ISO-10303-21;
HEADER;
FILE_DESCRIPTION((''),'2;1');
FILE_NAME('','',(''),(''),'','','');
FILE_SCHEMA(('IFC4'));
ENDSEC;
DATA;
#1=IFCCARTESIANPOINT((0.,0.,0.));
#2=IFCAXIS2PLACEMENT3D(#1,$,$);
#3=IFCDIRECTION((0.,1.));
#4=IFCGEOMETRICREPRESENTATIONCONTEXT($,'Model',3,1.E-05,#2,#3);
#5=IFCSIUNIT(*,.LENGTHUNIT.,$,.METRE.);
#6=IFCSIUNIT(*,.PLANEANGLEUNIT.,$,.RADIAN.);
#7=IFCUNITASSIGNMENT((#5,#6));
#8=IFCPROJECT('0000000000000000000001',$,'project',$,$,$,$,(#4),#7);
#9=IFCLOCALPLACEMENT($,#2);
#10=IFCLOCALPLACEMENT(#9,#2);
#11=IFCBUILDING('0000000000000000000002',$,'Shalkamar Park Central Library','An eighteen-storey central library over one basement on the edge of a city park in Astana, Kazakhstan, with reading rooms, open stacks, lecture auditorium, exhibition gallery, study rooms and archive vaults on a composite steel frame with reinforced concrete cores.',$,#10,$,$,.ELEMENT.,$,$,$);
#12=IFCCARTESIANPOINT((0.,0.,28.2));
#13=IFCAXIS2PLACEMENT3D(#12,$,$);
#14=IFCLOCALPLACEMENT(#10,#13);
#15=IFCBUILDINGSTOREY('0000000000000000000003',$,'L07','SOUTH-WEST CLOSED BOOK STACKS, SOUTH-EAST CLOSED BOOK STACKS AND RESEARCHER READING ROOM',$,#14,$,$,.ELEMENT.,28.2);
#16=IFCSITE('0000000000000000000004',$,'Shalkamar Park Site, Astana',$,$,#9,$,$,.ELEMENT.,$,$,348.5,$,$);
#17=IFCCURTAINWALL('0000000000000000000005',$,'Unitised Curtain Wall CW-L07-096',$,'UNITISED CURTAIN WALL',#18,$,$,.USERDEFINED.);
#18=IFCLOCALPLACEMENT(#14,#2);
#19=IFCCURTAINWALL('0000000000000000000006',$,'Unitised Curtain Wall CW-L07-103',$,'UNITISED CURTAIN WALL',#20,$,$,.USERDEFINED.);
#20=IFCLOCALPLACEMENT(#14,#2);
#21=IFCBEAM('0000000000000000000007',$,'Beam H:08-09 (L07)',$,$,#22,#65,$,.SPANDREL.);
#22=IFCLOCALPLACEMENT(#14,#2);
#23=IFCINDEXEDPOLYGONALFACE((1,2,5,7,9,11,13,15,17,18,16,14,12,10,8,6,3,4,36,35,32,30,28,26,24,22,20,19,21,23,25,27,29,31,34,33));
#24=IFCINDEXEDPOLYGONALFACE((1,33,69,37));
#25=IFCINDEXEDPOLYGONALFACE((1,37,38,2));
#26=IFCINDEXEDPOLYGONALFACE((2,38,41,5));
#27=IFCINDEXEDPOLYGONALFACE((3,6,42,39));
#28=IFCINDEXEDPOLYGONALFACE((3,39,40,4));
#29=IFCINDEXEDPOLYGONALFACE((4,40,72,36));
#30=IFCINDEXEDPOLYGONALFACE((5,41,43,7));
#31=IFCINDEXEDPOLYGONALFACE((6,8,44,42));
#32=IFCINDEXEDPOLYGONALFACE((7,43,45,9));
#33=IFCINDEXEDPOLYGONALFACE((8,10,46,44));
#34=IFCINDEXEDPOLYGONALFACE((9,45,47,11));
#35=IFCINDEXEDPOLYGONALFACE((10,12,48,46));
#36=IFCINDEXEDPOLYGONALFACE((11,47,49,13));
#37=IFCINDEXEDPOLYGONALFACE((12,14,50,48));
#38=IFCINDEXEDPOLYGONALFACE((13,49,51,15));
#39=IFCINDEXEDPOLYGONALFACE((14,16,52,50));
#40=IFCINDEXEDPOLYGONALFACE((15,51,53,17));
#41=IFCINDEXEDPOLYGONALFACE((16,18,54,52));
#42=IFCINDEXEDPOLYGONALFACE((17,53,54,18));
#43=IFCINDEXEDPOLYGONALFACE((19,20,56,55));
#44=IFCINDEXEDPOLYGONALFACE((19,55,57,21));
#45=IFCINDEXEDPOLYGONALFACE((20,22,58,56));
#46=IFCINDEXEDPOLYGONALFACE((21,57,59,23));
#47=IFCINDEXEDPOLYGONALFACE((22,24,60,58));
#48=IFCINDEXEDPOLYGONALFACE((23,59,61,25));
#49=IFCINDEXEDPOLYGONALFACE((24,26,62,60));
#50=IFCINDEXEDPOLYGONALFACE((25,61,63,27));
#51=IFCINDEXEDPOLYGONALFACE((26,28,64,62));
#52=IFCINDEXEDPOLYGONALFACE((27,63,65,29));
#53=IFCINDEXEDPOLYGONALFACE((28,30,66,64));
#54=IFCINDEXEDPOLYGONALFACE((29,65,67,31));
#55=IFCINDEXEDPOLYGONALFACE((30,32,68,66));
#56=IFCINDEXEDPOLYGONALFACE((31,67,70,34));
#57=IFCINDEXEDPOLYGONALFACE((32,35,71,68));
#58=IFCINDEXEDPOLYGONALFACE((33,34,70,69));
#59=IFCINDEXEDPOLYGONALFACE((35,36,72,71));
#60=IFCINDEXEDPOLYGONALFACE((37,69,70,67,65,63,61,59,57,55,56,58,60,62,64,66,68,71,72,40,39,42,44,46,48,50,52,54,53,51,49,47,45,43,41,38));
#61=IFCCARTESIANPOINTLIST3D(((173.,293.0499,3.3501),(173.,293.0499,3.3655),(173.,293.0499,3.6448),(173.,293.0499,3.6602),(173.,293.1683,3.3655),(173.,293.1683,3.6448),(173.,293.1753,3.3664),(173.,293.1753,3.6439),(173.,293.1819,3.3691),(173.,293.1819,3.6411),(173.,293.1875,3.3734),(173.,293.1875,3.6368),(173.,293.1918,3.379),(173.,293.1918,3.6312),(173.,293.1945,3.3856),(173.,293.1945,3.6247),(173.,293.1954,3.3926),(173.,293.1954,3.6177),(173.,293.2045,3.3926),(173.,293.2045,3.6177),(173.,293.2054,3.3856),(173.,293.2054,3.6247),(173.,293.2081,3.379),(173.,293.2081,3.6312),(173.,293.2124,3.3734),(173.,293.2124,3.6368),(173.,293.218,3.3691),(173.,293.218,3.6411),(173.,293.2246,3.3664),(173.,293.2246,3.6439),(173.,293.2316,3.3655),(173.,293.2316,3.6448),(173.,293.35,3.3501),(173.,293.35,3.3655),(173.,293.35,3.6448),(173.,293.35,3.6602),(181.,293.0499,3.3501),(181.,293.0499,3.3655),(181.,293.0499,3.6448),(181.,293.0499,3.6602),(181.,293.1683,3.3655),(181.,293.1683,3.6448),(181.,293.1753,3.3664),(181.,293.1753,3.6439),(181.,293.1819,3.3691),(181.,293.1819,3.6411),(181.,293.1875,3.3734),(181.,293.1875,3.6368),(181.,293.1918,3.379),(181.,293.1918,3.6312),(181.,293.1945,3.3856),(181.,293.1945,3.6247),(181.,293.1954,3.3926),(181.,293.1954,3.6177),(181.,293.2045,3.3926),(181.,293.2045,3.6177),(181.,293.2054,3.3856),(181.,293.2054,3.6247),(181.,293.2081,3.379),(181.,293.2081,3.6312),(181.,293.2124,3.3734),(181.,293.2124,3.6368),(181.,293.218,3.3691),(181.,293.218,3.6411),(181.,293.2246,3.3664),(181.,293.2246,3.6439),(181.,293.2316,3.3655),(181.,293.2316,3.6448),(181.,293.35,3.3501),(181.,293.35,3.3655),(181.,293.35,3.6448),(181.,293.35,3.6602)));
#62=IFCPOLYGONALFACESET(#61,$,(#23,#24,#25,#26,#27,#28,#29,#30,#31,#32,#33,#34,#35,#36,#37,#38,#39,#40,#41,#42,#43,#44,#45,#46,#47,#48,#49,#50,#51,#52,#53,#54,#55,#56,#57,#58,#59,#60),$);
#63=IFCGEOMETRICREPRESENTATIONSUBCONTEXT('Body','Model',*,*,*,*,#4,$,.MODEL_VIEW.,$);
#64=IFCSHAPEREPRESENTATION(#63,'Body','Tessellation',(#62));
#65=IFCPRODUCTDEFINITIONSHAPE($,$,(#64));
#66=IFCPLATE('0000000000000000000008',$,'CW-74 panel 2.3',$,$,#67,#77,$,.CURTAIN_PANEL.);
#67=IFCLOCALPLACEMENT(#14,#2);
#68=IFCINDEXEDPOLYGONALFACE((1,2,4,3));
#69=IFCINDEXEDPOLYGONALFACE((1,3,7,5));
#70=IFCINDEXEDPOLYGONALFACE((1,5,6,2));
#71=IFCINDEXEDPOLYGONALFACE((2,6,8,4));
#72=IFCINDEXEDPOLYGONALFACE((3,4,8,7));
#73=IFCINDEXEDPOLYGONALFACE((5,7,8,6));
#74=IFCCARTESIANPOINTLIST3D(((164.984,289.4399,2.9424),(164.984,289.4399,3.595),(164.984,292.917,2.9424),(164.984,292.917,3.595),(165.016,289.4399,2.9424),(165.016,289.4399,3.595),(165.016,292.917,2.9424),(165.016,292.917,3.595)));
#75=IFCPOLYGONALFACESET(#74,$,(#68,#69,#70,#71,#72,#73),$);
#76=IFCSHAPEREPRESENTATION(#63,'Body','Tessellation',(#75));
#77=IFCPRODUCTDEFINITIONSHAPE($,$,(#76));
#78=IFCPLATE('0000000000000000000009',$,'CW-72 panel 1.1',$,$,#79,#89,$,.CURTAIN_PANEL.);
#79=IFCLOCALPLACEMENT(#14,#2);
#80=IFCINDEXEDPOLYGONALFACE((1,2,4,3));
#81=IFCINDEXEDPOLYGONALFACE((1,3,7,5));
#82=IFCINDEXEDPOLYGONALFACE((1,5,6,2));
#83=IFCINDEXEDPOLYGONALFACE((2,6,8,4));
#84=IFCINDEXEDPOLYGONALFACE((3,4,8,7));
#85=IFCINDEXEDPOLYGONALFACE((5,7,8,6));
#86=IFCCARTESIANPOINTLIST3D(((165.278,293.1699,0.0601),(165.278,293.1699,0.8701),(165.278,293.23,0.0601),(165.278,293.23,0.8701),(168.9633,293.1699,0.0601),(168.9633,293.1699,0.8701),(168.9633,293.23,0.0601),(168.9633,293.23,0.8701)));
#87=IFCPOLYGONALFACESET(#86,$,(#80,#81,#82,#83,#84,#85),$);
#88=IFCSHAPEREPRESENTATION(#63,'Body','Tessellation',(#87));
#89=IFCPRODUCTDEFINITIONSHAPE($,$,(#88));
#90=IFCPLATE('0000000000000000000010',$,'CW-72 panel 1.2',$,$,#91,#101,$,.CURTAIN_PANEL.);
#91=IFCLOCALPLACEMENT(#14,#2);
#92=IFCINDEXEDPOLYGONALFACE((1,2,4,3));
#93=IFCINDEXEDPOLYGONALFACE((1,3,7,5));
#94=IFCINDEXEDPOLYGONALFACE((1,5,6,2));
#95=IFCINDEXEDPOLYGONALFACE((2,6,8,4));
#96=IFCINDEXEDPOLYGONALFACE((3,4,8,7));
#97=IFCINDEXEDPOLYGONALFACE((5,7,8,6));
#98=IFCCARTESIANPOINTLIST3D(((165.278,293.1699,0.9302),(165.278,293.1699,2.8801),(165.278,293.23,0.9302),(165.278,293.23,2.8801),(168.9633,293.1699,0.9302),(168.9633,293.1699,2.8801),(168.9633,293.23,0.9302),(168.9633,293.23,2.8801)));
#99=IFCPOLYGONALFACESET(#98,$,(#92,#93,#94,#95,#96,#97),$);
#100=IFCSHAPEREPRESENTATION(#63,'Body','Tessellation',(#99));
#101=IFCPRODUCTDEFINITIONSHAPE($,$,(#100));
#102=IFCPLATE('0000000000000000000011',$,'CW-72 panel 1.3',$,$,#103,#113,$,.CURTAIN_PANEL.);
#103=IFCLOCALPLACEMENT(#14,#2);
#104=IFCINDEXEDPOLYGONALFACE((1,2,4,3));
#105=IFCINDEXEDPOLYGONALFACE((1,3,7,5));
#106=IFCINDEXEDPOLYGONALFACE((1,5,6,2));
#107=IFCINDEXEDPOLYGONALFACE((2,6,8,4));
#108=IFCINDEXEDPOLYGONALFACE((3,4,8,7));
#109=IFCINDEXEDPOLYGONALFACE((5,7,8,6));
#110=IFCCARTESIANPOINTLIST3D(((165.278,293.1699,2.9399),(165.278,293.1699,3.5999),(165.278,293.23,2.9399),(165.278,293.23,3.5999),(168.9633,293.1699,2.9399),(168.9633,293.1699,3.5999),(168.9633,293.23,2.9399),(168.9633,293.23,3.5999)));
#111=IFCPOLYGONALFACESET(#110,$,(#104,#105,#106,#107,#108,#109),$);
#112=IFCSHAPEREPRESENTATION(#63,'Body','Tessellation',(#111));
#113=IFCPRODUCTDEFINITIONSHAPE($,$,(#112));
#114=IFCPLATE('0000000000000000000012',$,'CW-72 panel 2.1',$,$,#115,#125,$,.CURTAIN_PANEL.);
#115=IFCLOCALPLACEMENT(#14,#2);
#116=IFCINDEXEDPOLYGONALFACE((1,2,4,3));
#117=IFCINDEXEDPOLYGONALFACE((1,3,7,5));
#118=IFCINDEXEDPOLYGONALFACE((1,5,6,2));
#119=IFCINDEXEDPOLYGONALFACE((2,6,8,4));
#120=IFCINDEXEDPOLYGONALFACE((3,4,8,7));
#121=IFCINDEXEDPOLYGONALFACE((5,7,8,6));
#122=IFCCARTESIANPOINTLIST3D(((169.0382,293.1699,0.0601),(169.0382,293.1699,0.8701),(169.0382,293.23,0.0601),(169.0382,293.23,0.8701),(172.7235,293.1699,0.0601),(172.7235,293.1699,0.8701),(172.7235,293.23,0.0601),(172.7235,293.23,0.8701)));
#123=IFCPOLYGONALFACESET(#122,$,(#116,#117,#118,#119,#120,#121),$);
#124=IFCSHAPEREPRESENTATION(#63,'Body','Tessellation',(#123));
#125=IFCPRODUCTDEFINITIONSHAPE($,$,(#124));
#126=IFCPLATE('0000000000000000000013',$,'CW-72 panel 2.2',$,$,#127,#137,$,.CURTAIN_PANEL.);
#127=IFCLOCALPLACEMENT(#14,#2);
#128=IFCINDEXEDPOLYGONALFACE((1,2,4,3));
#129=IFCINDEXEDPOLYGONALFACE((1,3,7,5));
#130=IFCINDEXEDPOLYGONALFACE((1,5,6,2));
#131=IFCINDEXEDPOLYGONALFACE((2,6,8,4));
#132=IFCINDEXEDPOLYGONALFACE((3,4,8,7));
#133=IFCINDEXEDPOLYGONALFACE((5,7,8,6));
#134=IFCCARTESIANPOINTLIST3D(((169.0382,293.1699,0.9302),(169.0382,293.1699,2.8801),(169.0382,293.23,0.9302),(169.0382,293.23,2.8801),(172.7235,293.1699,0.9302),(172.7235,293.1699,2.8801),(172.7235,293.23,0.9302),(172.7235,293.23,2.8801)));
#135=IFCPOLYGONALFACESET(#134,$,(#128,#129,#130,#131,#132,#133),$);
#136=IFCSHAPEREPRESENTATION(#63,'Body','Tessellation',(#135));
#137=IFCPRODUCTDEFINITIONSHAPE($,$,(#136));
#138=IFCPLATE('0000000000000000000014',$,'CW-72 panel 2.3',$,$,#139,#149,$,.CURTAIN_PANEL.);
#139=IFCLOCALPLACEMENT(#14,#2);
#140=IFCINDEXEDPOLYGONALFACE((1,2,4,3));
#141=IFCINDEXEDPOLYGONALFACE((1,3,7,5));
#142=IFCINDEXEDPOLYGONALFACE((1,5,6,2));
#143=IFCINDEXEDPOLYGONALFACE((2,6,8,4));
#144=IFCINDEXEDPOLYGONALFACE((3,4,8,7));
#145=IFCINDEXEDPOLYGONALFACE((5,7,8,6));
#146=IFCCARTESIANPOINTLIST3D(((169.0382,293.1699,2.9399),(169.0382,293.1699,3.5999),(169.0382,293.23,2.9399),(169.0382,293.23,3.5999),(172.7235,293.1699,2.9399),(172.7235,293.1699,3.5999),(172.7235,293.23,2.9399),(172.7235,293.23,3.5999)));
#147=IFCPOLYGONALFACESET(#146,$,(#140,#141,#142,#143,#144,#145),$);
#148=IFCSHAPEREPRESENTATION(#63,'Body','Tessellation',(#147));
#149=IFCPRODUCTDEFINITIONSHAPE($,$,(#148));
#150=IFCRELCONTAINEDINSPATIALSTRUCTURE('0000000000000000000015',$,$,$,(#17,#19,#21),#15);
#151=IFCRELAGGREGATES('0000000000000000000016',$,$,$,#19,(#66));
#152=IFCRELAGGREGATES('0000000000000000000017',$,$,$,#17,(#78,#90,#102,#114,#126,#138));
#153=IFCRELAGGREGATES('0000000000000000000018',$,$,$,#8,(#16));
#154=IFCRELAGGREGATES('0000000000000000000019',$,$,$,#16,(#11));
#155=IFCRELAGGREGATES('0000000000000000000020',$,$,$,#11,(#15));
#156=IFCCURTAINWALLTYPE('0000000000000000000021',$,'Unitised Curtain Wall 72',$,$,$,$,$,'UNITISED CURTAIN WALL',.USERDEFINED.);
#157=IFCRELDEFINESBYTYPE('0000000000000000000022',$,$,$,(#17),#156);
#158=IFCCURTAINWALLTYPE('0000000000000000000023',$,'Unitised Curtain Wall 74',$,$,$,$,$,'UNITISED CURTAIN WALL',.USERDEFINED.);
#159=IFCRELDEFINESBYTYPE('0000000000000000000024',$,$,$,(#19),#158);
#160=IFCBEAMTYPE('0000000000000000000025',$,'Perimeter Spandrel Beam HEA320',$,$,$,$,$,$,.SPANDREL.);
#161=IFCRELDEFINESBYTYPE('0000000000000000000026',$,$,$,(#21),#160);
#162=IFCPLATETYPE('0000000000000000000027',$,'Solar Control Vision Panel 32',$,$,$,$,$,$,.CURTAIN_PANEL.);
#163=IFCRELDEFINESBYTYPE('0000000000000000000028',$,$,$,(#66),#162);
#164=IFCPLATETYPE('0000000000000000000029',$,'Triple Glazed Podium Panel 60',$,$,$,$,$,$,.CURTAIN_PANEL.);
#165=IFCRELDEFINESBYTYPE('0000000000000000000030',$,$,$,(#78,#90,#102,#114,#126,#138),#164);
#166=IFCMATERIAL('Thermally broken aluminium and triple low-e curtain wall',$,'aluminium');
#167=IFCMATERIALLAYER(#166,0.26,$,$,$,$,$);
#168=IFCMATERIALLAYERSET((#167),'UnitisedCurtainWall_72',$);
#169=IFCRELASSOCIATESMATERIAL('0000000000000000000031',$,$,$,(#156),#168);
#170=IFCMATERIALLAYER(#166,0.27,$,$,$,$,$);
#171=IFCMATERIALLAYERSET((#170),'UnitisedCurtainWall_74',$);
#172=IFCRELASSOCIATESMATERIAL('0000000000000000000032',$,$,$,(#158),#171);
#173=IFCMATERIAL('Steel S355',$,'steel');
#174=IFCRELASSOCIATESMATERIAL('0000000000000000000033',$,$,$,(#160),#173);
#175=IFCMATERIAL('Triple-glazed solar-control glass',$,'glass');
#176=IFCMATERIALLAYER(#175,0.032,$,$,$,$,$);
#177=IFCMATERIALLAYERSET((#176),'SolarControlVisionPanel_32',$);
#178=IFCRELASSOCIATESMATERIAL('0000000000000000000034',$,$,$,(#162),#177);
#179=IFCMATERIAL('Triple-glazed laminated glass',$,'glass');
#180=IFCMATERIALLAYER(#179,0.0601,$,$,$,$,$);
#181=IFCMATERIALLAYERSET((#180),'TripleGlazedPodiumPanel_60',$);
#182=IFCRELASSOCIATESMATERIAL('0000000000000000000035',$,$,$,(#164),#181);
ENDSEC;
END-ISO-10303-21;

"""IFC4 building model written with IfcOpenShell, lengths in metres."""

from ifc_helpers import new_model, si_unit, direction, frame, origin, origin_2d, place, context, subcontext, project, spatial, rectangle, i_section, extrude, material, layer, layer_set, material_profile, profile_set, type_object, element, aggregate, save


model = new_model("IFC4")

# Units and contexts
model_context = context("Model", 3, precision=1e-05, world=origin(), true_north=direction((0.0, 1.0)))
body_context = subcontext(model_context, "Body", "Model", "MODEL_VIEW")
ifc_project = project(units=[si_unit("LENGTHUNIT", "METRE"), si_unit("PLANEANGLEUNIT", "RADIAN")], contexts=[model_context])

# Site, building, storey
site_placement = place(None, origin())
site = spatial("IfcSite", under=ifc_project, at=site_placement, Name="Shalkamar Park Site, Astana", CompositionType="ELEMENT", RefElevation=348.5)
building_placement = place(site_placement, origin())
building = spatial("IfcBuilding", under=site, at=building_placement, Name="Shalkamar Park Central Library", Description="An eighteen-storey central library over one basement on the edge of a city park in Astana, Kazakhstan, with reading rooms, open stacks, lecture auditorium, exhibition gallery, study rooms and archive vaults on a composite steel frame with reinforced concrete cores.", CompositionType="ELEMENT")
storey_placement = place(building_placement, frame((0.0, 0.0, 28.2)))
storey = spatial("IfcBuildingStorey", under=building, at=storey_placement, Name="L07", Description="SOUTH-WEST CLOSED BOOK STACKS, SOUTH-EAST CLOSED BOOK STACKS AND RESEARCHER READING ROOM", CompositionType="ELEMENT", Elevation=28.2)

# Shared definitions
ifc_material_1 = material(Name="Steel S355", Category="steel")

# Curtain wall
ifc_material_2 = material(Name="Thermally broken aluminium and triple low-e curtain wall", Category="aluminium")
ifc_layer_1 = layer(ifc_material_2, 0.26)
ifc_layer_set_1 = layer_set([ifc_layer_1], Name="UnitisedCurtainWall_72")
curtain_wall_type_1 = type_object("IfcCurtainWallType", Name="Unitised Curtain Wall 72", ElementType="UNITISED CURTAIN WALL", PredefinedType="USERDEFINED", material=ifc_layer_set_1)
curtain_wall_1_placement = place(storey_placement, origin())
curtain_wall_1 = element("IfcCurtainWall", 1, at=curtain_wall_1_placement, inside=storey, type_object=curtain_wall_type_1, Name="Unitised Curtain Wall CW-L07-096", ObjectType="UNITISED CURTAIN WALL", PredefinedType="USERDEFINED")

# Curtain wall
ifc_layer_2 = layer(ifc_material_2, 0.27)
ifc_layer_set_2 = layer_set([ifc_layer_2], Name="UnitisedCurtainWall_74")
curtain_wall_type_2 = type_object("IfcCurtainWallType", Name="Unitised Curtain Wall 74", ElementType="UNITISED CURTAIN WALL", PredefinedType="USERDEFINED", material=ifc_layer_set_2)
curtain_wall_2_placement = place(storey_placement, origin())
curtain_wall_2 = element("IfcCurtainWall", 2, at=curtain_wall_2_placement, inside=storey, type_object=curtain_wall_type_2, Name="Unitised Curtain Wall CW-L07-103", ObjectType="UNITISED CURTAIN WALL", PredefinedType="USERDEFINED")

# Beam
ifc_material_profile_1 = material_profile(ifc_material_1, i_section(OverallWidth=0.3, OverallDepth=0.3101, WebThickness=0.009, FlangeThickness=0.0154, FilletRadius=0.0271, at=origin_2d()), Name="HEA 320")
ifc_profile_set_1 = profile_set([ifc_material_profile_1], Name="Steel S355")
beam_type = type_object("IfcBeamType", Name="Perimeter Spandrel Beam HEA320", PredefinedType="SPANDREL", material=ifc_profile_set_1)
for number, where, z_axis, x_axis, name in (
    (3, (173.0, 293.2, 3.5051), (1.0, 0.0, 0.0), (0.0, 1.0, 0.0), "Beam H:08-09 (L07)"),
):
    element("IfcBeam", number, at=place(storey_placement, frame(where, z_axis=z_axis, x_axis=x_axis)), inside=storey, type_object=beam_type, Name=name, PredefinedType="SPANDREL", context=body_context, shape_type="SweptSolid", body=[
        extrude(i_section(OverallWidth=0.3, OverallDepth=0.3101, WebThickness=0.009, FlangeThickness=0.0154, FilletRadius=0.0271, at=origin_2d()), origin(), (0.0, 0.0, 1.0), 8.0),
    ])

# Plates
ifc_material_3 = material(Name="Triple-glazed solar-control glass", Category="glass")
ifc_layer_3 = layer(ifc_material_3, 0.032)
ifc_layer_set_3 = layer_set([ifc_layer_3], Name="SolarControlVisionPanel_32")
plate_type_1 = type_object("IfcPlateType", Name="Solar Control Vision Panel 32", PredefinedType="CURTAIN_PANEL", material=ifc_layer_set_3)
plate_1_placement = place(storey_placement, frame((165.0, 291.1785, 2.9424), z_axis=(0.0, 0.0, 1.0), x_axis=(0.0, 1.0, 0.0)))
plate_1 = element("IfcPlate", 4, at=plate_1_placement, type_object=plate_type_1, Name="CW-74 panel 2.3", PredefinedType="CURTAIN_PANEL", context=body_context, shape_type="SweptSolid", body=[
    extrude(rectangle(XDim=3.4771, YDim=0.032, at=origin_2d()), origin(), (0.0, 0.0, 1.0), 0.6526),
])
aggregate(curtain_wall_2, [plate_1])
ifc_material_4 = material(Name="Triple-glazed laminated glass", Category="glass")
ifc_layer_4 = layer(ifc_material_4, 0.0601)
ifc_layer_set_4 = layer_set([ifc_layer_4], Name="TripleGlazedPodiumPanel_60")
plate_type_2 = type_object("IfcPlateType", Name="Triple Glazed Podium Panel 60", PredefinedType="CURTAIN_PANEL", material=ifc_layer_set_4)
plate_2_placement = place(storey_placement, frame((167.1206, 293.2, 0.0601), z_axis=(0.0, 0.0, 1.0), x_axis=(1.0, 0.0, 0.0)))
plate_2 = element("IfcPlate", 5, at=plate_2_placement, type_object=plate_type_2, Name="CW-72 panel 1.1", PredefinedType="CURTAIN_PANEL", context=body_context, shape_type="SweptSolid", body=[
    extrude(rectangle(XDim=3.6853, YDim=0.0601, at=origin_2d()), origin(), (0.0, 0.0, 1.0), 0.8101),
])
plate_3_placement = place(storey_placement, frame((167.1206, 293.2, 0.9302), z_axis=(0.0, 0.0, 1.0), x_axis=(1.0, 0.0, 0.0)))
plate_3 = element("IfcPlate", 6, at=plate_3_placement, type_object=plate_type_2, Name="CW-72 panel 1.2", PredefinedType="CURTAIN_PANEL", context=body_context, shape_type="SweptSolid", body=[
    extrude(rectangle(XDim=3.6853, YDim=0.0601, at=origin_2d()), origin(), (0.0, 0.0, 1.0), 1.95),
])
plate_4_placement = place(storey_placement, frame((167.1206, 293.2, 2.9399), z_axis=(0.0, 0.0, 1.0), x_axis=(1.0, 0.0, 0.0)))
plate_4 = element("IfcPlate", 7, at=plate_4_placement, type_object=plate_type_2, Name="CW-72 panel 1.3", PredefinedType="CURTAIN_PANEL", context=body_context, shape_type="SweptSolid", body=[
    extrude(rectangle(XDim=3.6853, YDim=0.0601, at=origin_2d()), origin(), (0.0, 0.0, 1.0), 0.6599),
])
plate_5_placement = place(storey_placement, frame((170.8809, 293.2, 0.0601), z_axis=(0.0, 0.0, 1.0), x_axis=(1.0, 0.0, 0.0)))
plate_5 = element("IfcPlate", 8, at=plate_5_placement, type_object=plate_type_2, Name="CW-72 panel 2.1", PredefinedType="CURTAIN_PANEL", context=body_context, shape_type="SweptSolid", body=[
    extrude(rectangle(XDim=3.6853, YDim=0.0601, at=origin_2d()), origin(), (0.0, 0.0, 1.0), 0.8101),
])
plate_6_placement = place(storey_placement, frame((170.8809, 293.2, 0.9302), z_axis=(0.0, 0.0, 1.0), x_axis=(1.0, 0.0, 0.0)))
plate_6 = element("IfcPlate", 9, at=plate_6_placement, type_object=plate_type_2, Name="CW-72 panel 2.2", PredefinedType="CURTAIN_PANEL", context=body_context, shape_type="SweptSolid", body=[
    extrude(rectangle(XDim=3.6853, YDim=0.0601, at=origin_2d()), origin(), (0.0, 0.0, 1.0), 1.95),
])
plate_7_placement = place(storey_placement, frame((170.8809, 293.2, 2.9399), z_axis=(0.0, 0.0, 1.0), x_axis=(1.0, 0.0, 0.0)))
plate_7 = element("IfcPlate", 10, at=plate_7_placement, type_object=plate_type_2, Name="CW-72 panel 2.3", PredefinedType="CURTAIN_PANEL", context=body_context, shape_type="SweptSolid", body=[
    extrude(rectangle(XDim=3.6853, YDim=0.0601, at=origin_2d()), origin(), (0.0, 0.0, 1.0), 0.6599),
])
aggregate(curtain_wall_1, [plate_2, plate_3, plate_4, plate_5, plate_6, plate_7])

save(model, "model.ifc")
